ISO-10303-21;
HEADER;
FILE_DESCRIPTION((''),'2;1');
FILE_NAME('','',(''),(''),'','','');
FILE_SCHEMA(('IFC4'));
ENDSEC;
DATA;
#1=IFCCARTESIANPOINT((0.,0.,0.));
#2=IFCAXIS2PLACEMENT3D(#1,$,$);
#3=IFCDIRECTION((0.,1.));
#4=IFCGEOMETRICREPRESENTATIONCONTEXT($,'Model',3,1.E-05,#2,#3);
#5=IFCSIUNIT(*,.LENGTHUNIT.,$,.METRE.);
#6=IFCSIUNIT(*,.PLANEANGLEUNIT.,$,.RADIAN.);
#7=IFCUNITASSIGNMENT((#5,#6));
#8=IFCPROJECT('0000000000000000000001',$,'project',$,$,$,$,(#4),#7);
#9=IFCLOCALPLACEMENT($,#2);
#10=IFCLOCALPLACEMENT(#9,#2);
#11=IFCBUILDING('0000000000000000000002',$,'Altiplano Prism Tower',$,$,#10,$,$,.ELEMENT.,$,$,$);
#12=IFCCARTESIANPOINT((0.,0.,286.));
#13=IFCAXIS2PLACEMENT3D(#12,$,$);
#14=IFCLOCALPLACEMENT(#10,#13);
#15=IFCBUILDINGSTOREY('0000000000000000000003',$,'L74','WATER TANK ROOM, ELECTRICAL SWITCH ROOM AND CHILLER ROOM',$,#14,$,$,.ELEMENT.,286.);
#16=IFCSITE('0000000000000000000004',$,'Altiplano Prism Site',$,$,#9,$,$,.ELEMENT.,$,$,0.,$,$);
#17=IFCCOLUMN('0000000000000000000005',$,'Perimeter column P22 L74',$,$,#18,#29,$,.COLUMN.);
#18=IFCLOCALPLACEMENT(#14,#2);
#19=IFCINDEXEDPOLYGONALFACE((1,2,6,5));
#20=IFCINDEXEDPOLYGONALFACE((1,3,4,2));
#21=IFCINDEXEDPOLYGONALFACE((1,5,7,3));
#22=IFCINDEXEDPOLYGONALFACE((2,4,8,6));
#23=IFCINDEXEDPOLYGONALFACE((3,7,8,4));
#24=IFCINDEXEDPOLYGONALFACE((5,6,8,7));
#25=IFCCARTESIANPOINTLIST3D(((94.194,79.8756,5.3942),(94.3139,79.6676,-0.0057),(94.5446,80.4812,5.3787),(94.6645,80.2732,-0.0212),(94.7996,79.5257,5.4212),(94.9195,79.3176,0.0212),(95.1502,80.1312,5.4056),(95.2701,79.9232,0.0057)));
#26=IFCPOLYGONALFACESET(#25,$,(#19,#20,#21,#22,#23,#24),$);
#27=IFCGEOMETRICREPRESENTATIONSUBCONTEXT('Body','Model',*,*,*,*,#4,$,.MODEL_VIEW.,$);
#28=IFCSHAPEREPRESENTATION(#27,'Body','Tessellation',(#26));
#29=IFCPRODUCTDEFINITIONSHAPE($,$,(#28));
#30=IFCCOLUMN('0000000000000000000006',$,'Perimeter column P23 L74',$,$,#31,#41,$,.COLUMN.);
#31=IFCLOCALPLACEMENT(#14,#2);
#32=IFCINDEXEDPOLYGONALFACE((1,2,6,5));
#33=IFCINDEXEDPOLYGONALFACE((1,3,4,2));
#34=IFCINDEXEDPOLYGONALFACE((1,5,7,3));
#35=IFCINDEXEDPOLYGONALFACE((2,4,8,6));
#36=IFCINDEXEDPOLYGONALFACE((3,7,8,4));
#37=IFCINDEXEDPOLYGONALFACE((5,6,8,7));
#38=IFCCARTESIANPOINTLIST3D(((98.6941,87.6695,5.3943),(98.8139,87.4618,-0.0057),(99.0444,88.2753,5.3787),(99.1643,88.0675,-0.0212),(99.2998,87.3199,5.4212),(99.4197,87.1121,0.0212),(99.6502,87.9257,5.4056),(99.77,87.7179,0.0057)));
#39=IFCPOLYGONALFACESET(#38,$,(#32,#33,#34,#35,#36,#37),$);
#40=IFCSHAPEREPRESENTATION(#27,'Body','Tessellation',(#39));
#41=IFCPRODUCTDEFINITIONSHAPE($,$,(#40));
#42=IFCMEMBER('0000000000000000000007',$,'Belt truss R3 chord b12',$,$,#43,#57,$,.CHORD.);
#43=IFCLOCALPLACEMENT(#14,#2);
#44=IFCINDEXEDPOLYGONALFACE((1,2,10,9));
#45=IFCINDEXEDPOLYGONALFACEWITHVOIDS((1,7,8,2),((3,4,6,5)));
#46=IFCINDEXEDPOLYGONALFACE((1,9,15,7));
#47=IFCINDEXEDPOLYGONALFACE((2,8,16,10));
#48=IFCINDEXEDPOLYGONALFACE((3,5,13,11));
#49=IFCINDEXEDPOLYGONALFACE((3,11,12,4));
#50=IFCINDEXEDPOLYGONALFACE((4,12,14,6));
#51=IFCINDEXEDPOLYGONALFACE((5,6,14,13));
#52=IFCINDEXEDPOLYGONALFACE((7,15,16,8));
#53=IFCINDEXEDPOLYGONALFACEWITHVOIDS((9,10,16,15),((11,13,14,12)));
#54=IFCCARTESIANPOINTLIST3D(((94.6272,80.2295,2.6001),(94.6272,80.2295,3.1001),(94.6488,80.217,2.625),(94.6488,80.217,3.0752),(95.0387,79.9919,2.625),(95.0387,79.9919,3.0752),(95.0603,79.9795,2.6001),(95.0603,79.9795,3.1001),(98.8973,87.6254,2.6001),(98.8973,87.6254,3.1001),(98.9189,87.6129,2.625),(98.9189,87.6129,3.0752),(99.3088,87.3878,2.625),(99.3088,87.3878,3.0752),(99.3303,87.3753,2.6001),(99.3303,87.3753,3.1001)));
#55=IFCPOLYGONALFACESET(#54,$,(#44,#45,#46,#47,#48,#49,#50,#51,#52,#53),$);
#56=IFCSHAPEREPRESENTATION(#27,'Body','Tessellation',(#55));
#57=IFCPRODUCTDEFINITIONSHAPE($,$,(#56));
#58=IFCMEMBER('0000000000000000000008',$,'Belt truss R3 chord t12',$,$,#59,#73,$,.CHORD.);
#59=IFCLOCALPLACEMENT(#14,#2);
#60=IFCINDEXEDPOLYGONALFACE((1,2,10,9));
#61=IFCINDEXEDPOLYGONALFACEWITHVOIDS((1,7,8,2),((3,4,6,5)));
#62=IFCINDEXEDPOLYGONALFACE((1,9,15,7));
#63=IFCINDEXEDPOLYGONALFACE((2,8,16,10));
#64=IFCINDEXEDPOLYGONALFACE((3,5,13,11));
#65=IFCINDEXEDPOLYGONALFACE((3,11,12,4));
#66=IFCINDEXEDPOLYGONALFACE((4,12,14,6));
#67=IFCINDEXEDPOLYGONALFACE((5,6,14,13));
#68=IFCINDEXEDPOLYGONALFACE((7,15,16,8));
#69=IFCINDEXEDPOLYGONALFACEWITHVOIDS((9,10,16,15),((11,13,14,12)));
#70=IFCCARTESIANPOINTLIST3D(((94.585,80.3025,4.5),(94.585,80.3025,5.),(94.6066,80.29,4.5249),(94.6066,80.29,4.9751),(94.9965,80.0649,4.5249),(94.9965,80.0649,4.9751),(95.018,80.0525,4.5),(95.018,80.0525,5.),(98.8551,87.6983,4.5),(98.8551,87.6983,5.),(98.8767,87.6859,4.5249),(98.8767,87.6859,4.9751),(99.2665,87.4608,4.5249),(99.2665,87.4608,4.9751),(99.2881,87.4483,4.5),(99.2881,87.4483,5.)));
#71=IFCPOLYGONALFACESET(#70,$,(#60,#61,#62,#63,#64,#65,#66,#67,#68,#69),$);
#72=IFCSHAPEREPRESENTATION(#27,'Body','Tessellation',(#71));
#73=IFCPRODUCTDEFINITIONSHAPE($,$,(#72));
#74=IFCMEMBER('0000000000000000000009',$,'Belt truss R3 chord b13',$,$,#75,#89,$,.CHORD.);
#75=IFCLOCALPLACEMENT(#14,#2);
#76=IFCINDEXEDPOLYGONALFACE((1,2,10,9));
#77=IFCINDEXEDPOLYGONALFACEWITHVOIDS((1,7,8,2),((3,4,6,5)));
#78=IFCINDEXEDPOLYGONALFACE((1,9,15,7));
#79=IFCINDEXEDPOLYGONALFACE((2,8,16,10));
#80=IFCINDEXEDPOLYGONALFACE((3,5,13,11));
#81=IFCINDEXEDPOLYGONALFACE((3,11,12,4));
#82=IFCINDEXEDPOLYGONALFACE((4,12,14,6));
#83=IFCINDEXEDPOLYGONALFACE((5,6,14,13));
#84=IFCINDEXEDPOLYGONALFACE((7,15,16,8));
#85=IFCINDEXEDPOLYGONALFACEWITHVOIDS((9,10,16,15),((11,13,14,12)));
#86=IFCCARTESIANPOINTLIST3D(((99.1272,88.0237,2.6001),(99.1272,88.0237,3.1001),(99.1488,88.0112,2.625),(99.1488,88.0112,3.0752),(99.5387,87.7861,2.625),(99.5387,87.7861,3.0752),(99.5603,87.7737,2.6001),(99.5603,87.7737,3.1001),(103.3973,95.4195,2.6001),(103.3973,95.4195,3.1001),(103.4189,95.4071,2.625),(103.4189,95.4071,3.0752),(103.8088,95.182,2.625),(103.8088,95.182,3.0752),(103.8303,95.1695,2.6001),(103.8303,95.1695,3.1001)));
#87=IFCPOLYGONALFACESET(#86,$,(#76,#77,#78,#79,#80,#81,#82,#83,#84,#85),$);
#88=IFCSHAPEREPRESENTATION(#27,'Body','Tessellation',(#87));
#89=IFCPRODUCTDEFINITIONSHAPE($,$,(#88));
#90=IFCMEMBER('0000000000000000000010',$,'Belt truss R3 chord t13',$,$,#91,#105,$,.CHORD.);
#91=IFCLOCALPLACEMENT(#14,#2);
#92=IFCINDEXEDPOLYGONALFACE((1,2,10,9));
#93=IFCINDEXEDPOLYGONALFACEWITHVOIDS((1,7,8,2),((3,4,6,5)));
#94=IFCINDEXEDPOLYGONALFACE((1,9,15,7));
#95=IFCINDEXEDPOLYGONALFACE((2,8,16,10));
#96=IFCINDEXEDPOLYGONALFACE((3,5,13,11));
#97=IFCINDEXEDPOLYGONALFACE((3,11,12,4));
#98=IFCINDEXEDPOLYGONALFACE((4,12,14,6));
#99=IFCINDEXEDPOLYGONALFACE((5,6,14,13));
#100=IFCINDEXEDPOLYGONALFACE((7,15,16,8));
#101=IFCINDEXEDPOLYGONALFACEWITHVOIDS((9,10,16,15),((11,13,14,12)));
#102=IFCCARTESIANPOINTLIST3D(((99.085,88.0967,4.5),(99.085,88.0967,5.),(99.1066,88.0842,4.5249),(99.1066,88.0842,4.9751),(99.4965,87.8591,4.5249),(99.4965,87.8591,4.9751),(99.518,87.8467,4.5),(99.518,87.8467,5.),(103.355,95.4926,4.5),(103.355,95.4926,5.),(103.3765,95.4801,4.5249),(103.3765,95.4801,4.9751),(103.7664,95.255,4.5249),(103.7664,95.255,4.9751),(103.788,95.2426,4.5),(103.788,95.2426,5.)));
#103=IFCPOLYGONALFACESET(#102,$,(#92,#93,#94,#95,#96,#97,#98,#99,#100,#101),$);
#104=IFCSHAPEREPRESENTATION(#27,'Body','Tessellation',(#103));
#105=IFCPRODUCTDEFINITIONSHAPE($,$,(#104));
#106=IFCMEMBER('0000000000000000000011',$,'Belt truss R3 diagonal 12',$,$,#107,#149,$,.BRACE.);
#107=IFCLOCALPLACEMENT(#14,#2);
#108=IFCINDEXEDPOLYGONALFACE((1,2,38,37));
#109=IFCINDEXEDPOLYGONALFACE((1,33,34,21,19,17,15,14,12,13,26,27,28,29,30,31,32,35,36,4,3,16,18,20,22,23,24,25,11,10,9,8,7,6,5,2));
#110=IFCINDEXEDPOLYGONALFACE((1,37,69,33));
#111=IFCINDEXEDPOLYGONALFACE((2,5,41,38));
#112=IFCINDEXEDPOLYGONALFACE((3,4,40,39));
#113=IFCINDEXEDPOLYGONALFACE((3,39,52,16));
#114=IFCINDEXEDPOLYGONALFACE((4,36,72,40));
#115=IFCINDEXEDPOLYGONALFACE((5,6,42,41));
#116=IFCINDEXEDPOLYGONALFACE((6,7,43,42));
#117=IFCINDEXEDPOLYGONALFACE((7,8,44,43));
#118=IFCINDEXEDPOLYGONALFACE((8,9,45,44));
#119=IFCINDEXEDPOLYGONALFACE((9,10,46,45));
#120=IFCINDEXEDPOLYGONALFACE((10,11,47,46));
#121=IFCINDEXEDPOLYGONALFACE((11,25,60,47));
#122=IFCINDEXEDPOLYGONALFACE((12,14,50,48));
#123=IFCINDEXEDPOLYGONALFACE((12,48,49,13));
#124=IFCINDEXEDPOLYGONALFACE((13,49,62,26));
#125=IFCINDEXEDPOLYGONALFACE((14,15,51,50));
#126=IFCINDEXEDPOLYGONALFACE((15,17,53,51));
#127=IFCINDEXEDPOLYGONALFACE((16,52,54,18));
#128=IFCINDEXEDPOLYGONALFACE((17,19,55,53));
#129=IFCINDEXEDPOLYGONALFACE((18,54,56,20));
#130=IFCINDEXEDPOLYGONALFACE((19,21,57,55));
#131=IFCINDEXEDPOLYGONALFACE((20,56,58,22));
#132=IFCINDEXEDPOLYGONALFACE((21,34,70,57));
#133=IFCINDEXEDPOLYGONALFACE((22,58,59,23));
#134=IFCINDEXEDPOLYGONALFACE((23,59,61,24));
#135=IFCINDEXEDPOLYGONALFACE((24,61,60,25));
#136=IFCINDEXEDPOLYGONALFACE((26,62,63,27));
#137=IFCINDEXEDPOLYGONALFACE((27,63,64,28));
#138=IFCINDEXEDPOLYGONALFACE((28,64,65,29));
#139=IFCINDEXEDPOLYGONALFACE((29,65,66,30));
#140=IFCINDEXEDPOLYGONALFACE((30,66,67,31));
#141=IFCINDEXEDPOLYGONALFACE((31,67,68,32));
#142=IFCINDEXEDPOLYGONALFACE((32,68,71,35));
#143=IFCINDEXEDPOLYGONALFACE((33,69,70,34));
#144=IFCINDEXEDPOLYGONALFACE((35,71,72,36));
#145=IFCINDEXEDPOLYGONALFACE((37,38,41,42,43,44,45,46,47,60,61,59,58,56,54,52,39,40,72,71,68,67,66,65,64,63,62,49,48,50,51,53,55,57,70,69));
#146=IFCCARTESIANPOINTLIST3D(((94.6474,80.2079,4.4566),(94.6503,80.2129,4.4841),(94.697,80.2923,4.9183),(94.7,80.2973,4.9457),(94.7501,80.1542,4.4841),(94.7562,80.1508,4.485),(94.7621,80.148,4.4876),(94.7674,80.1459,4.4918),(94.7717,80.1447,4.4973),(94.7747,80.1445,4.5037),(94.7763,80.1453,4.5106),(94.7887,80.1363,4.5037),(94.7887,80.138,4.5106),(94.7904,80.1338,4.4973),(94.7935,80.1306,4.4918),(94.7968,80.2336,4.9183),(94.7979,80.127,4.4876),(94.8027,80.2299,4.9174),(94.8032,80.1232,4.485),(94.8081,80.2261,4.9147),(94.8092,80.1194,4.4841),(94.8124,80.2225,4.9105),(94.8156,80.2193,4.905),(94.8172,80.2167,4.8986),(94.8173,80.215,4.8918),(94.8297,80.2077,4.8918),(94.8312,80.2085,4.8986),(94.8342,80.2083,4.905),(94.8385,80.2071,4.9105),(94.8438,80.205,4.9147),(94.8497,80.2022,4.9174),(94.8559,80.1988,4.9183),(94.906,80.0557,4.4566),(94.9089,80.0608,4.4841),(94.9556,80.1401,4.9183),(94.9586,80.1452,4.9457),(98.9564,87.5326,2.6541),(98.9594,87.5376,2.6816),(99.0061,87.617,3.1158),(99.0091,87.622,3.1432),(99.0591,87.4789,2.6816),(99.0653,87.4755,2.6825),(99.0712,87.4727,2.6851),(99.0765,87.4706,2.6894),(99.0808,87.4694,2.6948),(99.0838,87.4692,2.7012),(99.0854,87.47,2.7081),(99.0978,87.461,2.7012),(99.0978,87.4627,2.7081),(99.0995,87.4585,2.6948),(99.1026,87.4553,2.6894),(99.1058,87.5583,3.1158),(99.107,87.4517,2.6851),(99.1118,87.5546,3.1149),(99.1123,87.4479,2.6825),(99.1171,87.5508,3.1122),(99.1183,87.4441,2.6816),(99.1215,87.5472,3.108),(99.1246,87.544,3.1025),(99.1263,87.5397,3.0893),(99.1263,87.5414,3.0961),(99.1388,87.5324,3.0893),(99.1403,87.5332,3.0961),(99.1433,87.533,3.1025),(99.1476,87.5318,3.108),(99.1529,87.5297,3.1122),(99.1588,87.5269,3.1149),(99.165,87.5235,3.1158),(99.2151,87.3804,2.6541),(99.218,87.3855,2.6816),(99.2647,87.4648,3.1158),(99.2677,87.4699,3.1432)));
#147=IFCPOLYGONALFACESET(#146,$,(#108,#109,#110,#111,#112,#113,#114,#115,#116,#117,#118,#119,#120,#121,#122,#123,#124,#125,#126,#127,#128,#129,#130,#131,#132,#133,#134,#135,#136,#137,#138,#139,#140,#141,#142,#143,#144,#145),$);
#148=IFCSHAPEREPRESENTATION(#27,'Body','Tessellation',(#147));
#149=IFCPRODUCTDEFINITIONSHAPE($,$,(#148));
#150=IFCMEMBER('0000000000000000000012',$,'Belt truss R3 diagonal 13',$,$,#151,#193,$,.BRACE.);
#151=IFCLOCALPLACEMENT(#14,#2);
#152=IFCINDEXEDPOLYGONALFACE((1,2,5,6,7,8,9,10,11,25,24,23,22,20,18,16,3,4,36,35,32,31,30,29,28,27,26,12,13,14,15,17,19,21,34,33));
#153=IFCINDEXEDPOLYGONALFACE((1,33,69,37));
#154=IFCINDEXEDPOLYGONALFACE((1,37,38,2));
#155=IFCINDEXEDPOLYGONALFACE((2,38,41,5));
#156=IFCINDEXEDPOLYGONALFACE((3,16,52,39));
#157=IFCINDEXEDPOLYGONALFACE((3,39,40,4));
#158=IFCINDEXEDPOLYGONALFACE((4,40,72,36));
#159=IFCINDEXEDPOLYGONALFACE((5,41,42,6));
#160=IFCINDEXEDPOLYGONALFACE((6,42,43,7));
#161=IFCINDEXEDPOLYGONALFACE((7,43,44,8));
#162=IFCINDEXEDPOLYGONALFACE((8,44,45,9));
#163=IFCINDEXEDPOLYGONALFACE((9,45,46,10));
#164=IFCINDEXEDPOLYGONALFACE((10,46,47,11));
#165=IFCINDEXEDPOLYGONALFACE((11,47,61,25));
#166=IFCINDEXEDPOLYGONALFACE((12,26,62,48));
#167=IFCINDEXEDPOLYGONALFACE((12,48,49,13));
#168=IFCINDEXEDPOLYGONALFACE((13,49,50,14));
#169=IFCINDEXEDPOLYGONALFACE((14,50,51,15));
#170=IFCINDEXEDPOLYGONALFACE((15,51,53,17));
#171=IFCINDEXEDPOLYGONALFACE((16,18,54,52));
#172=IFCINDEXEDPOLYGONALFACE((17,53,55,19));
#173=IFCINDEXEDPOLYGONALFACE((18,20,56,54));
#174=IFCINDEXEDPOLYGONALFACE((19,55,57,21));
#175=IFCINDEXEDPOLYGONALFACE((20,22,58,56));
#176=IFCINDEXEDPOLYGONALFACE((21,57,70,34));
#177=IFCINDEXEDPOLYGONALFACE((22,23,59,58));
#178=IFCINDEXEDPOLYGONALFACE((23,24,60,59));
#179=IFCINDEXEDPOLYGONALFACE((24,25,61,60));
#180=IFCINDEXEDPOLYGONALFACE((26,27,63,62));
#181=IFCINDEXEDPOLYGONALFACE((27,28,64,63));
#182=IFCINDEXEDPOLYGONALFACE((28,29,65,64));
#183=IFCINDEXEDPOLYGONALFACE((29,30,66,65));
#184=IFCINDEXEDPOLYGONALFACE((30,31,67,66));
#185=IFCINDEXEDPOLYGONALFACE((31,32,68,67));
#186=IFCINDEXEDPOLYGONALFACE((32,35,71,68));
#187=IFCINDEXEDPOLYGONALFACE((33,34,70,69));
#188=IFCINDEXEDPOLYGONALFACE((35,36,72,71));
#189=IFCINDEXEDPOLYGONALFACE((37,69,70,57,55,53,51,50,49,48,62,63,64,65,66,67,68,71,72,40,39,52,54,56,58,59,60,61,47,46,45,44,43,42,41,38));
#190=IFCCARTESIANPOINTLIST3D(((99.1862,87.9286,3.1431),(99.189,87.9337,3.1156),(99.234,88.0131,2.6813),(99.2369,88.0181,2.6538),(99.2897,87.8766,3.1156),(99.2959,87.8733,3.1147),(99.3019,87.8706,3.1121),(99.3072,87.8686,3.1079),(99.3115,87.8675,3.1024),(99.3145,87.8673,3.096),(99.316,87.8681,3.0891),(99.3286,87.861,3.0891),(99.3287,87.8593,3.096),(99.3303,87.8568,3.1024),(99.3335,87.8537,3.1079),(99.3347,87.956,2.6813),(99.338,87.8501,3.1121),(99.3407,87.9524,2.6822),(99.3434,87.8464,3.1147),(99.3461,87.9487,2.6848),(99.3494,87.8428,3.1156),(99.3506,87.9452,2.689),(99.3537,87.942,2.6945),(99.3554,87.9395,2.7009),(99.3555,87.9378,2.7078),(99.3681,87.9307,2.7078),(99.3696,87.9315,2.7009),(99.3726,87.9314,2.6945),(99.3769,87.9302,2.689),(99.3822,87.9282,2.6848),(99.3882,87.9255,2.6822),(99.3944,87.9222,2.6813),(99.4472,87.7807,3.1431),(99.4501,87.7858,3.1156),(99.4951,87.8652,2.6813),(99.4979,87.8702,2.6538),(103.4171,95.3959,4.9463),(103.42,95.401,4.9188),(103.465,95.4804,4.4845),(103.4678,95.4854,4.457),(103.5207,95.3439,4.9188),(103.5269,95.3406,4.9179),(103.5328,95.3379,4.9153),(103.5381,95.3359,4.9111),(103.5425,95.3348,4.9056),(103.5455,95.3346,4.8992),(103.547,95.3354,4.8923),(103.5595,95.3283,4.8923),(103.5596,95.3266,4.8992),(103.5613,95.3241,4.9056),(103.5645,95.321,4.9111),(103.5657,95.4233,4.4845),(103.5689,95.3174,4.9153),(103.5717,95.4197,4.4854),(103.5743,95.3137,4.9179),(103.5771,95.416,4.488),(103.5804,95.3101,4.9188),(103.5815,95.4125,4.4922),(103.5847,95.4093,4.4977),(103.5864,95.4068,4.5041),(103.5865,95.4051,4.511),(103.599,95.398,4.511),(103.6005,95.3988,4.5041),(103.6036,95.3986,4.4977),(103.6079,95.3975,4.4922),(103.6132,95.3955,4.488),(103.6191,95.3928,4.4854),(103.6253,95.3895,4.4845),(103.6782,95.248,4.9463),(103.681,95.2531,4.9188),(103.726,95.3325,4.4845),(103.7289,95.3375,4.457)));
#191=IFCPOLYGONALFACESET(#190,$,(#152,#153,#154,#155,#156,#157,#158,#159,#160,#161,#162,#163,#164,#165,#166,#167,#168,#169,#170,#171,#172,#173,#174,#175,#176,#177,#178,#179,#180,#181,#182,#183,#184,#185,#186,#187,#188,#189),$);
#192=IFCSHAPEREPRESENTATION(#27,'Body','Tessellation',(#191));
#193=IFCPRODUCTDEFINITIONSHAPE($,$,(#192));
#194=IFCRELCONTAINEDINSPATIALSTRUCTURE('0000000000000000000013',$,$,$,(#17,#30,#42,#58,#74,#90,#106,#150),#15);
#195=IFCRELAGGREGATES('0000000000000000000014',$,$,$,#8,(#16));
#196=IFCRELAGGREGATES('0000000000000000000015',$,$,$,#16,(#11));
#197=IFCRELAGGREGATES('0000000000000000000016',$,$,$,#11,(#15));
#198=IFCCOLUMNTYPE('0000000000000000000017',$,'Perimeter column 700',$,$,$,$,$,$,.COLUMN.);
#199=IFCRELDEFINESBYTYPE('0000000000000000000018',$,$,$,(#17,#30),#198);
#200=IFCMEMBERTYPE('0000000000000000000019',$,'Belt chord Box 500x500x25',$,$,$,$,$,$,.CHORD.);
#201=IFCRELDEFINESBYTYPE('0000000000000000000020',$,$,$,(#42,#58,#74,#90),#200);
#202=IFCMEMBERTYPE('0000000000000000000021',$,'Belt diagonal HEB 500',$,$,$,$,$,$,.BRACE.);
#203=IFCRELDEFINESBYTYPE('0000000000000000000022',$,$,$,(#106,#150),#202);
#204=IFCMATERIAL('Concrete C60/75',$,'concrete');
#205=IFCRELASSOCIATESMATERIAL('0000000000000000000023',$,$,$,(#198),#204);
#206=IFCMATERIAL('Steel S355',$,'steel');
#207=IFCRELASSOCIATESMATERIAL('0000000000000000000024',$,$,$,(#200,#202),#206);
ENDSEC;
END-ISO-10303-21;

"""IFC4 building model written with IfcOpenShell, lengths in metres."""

from ifc_helpers import new_model, si_unit, direction, frame, origin, origin_2d, place, context, subcontext, project, spatial, rectangle, hollow_rectangle, i_section, extrude, material, material_profile, profile_set, type_object, element, save


model = new_model("IFC4")

# Units and contexts
model_context = context("Model", 3, precision=1e-05, world=origin(), true_north=direction((0.0, 1.0)))
body_context = subcontext(model_context, "Body", "Model", "MODEL_VIEW")
ifc_project = project(units=[si_unit("LENGTHUNIT", "METRE"), si_unit("PLANEANGLEUNIT", "RADIAN")], contexts=[model_context])

# Site, building, storey
site_placement = place(None, origin())
site = spatial("IfcSite", under=ifc_project, at=site_placement, Name="Altiplano Prism Site", CompositionType="ELEMENT", RefElevation=0.0)
building_placement = place(site_placement, origin())
building = spatial("IfcBuilding", under=site, at=building_placement, Name="Altiplano Prism Tower", CompositionType="ELEMENT")
storey_placement = place(building_placement, frame((0.0, 0.0, 286.0)))
storey = spatial("IfcBuildingStorey", under=building, at=storey_placement, Name="L74", Description="WATER TANK ROOM, ELECTRICAL SWITCH ROOM AND CHILLER ROOM", CompositionType="ELEMENT", Elevation=286.0)

# Columns
ifc_material_1 = material(Name="Concrete C60/75", Category="concrete")
ifc_material_profile_1 = material_profile(ifc_material_1, rectangle(XDim=0.7, YDim=0.7, at=origin_2d()), Name="Perimeter column 700")
ifc_profile_set_1 = profile_set([ifc_material_profile_1], Name="Concrete C60/75")
column_type = type_object("IfcColumnType", Name="Perimeter column 700", PredefinedType="COLUMN", material=ifc_profile_set_1)
for number, where, z_axis, x_axis, name in (
    (1, (94.792, 79.7954, 0.0), (-0.022177, 0.038483, 0.999013), (-0.500935, -0.8652, 0.022208), "Perimeter column P22 L74"),
    (2, (99.292, 87.5898, 0.0), (-0.022177, 0.038438, 0.999015), (-0.500498, -0.865454, 0.022188), "Perimeter column P23 L74"),
):
    element("IfcColumn", number, at=place(storey_placement, frame(where, z_axis=z_axis, x_axis=x_axis)), inside=storey, type_object=column_type, Name=name, PredefinedType="COLUMN", context=body_context, shape_type="SweptSolid", body=[
        extrude(rectangle(XDim=0.7, YDim=0.7, at=origin_2d()), origin(), (0.0, 0.0, 1.0), 5.4053),
    ])

# Members
ifc_material_2 = material(Name="Steel S355", Category="steel")
ifc_material_profile_2 = material_profile(ifc_material_2, hollow_rectangle(XDim=0.5, YDim=0.5, WallThickness=0.0249, at=origin_2d()), Name="Belt chord Box 500x500x25")
ifc_profile_set_2 = profile_set([ifc_material_profile_2], Name="Steel S355")
member_type_1 = type_object("IfcMemberType", Name="Belt chord Box 500x500x25", PredefinedType="CHORD", material=ifc_profile_set_2)
for number, where, z_axis, x_axis, name in (
    (3, (94.8438, 80.1045, 2.8501), (0.500007, 0.866021, 0.0), (-0.866021, 0.500007, 0.0), "Belt truss R3 chord b12"),
    (4, (94.8015, 80.1775, 4.75), (0.500007, 0.866021, 0.0), (-0.866021, 0.500007, 0.0), "Belt truss R3 chord t12"),
    (5, (99.3438, 87.8987, 2.8501), (0.500007, 0.866021, 0.0), (-0.866021, 0.500007, 0.0), "Belt truss R3 chord b13"),
    (6, (99.3015, 87.9717, 4.75), (0.499995, 0.866028, 0.0), (-0.866028, 0.499995, 0.0), "Belt truss R3 chord t13"),
):
    element("IfcMember", number, at=place(storey_placement, frame(where, z_axis=z_axis, x_axis=x_axis)), inside=storey, type_object=member_type_1, Name=name, PredefinedType="CHORD", context=body_context, shape_type="SweptSolid", body=[
        extrude(hollow_rectangle(XDim=0.5, YDim=0.5, WallThickness=0.0249, at=origin_2d()), origin(), (0.0, 0.0, 1.0), 8.54),
    ])
ifc_material_profile_3 = material_profile(ifc_material_2, i_section(OverallWidth=0.3, OverallDepth=0.5, WebThickness=0.0144, FlangeThickness=0.0281, FilletRadius=0.0271, at=origin_2d()), Name="Belt diagonal HEB 500")
ifc_profile_set_3 = profile_set([ifc_material_profile_3], Name="Steel S355")
member_type_2 = type_object("IfcMemberType", Name="Belt diagonal HEB 500", PredefinedType="BRACE", material=ifc_profile_set_3)
member_1_placement = place(storey_placement, frame((94.803, 80.1765, 4.7012), z_axis=(0.496023, 0.843155, -0.207487), x_axis=(-0.861912, 0.507058, 0.0)))
element("IfcMember", 7, at=member_1_placement, inside=storey, type_object=member_type_2, Name="Belt truss R3 diagonal 12", PredefinedType="BRACE", context=body_context, shape_type="SweptSolid", body=[
    extrude(i_section(OverallWidth=0.3, OverallDepth=0.5, WebThickness=0.0144, FlangeThickness=0.0281, FilletRadius=0.0271, at=origin_2d()), origin(), (0.0, 0.0, 1.0), 8.6873),
])
member_2_placement = place(storey_placement, frame((99.342, 87.8994, 2.8984), z_axis=(0.482435, 0.851458, 0.205613), x_axis=(-0.870047, 0.492968, 0.0)))
element("IfcMember", 8, at=member_2_placement, inside=storey, type_object=member_type_2, Name="Belt truss R3 diagonal 13", PredefinedType="BRACE", context=body_context, shape_type="SweptSolid", body=[
    extrude(i_section(OverallWidth=0.3, OverallDepth=0.5, WebThickness=0.0144, FlangeThickness=0.0281, FilletRadius=0.0271, at=origin_2d()), origin(), (0.0, 0.0, 1.0), 8.77),
])

save(model, "model.ifc")
